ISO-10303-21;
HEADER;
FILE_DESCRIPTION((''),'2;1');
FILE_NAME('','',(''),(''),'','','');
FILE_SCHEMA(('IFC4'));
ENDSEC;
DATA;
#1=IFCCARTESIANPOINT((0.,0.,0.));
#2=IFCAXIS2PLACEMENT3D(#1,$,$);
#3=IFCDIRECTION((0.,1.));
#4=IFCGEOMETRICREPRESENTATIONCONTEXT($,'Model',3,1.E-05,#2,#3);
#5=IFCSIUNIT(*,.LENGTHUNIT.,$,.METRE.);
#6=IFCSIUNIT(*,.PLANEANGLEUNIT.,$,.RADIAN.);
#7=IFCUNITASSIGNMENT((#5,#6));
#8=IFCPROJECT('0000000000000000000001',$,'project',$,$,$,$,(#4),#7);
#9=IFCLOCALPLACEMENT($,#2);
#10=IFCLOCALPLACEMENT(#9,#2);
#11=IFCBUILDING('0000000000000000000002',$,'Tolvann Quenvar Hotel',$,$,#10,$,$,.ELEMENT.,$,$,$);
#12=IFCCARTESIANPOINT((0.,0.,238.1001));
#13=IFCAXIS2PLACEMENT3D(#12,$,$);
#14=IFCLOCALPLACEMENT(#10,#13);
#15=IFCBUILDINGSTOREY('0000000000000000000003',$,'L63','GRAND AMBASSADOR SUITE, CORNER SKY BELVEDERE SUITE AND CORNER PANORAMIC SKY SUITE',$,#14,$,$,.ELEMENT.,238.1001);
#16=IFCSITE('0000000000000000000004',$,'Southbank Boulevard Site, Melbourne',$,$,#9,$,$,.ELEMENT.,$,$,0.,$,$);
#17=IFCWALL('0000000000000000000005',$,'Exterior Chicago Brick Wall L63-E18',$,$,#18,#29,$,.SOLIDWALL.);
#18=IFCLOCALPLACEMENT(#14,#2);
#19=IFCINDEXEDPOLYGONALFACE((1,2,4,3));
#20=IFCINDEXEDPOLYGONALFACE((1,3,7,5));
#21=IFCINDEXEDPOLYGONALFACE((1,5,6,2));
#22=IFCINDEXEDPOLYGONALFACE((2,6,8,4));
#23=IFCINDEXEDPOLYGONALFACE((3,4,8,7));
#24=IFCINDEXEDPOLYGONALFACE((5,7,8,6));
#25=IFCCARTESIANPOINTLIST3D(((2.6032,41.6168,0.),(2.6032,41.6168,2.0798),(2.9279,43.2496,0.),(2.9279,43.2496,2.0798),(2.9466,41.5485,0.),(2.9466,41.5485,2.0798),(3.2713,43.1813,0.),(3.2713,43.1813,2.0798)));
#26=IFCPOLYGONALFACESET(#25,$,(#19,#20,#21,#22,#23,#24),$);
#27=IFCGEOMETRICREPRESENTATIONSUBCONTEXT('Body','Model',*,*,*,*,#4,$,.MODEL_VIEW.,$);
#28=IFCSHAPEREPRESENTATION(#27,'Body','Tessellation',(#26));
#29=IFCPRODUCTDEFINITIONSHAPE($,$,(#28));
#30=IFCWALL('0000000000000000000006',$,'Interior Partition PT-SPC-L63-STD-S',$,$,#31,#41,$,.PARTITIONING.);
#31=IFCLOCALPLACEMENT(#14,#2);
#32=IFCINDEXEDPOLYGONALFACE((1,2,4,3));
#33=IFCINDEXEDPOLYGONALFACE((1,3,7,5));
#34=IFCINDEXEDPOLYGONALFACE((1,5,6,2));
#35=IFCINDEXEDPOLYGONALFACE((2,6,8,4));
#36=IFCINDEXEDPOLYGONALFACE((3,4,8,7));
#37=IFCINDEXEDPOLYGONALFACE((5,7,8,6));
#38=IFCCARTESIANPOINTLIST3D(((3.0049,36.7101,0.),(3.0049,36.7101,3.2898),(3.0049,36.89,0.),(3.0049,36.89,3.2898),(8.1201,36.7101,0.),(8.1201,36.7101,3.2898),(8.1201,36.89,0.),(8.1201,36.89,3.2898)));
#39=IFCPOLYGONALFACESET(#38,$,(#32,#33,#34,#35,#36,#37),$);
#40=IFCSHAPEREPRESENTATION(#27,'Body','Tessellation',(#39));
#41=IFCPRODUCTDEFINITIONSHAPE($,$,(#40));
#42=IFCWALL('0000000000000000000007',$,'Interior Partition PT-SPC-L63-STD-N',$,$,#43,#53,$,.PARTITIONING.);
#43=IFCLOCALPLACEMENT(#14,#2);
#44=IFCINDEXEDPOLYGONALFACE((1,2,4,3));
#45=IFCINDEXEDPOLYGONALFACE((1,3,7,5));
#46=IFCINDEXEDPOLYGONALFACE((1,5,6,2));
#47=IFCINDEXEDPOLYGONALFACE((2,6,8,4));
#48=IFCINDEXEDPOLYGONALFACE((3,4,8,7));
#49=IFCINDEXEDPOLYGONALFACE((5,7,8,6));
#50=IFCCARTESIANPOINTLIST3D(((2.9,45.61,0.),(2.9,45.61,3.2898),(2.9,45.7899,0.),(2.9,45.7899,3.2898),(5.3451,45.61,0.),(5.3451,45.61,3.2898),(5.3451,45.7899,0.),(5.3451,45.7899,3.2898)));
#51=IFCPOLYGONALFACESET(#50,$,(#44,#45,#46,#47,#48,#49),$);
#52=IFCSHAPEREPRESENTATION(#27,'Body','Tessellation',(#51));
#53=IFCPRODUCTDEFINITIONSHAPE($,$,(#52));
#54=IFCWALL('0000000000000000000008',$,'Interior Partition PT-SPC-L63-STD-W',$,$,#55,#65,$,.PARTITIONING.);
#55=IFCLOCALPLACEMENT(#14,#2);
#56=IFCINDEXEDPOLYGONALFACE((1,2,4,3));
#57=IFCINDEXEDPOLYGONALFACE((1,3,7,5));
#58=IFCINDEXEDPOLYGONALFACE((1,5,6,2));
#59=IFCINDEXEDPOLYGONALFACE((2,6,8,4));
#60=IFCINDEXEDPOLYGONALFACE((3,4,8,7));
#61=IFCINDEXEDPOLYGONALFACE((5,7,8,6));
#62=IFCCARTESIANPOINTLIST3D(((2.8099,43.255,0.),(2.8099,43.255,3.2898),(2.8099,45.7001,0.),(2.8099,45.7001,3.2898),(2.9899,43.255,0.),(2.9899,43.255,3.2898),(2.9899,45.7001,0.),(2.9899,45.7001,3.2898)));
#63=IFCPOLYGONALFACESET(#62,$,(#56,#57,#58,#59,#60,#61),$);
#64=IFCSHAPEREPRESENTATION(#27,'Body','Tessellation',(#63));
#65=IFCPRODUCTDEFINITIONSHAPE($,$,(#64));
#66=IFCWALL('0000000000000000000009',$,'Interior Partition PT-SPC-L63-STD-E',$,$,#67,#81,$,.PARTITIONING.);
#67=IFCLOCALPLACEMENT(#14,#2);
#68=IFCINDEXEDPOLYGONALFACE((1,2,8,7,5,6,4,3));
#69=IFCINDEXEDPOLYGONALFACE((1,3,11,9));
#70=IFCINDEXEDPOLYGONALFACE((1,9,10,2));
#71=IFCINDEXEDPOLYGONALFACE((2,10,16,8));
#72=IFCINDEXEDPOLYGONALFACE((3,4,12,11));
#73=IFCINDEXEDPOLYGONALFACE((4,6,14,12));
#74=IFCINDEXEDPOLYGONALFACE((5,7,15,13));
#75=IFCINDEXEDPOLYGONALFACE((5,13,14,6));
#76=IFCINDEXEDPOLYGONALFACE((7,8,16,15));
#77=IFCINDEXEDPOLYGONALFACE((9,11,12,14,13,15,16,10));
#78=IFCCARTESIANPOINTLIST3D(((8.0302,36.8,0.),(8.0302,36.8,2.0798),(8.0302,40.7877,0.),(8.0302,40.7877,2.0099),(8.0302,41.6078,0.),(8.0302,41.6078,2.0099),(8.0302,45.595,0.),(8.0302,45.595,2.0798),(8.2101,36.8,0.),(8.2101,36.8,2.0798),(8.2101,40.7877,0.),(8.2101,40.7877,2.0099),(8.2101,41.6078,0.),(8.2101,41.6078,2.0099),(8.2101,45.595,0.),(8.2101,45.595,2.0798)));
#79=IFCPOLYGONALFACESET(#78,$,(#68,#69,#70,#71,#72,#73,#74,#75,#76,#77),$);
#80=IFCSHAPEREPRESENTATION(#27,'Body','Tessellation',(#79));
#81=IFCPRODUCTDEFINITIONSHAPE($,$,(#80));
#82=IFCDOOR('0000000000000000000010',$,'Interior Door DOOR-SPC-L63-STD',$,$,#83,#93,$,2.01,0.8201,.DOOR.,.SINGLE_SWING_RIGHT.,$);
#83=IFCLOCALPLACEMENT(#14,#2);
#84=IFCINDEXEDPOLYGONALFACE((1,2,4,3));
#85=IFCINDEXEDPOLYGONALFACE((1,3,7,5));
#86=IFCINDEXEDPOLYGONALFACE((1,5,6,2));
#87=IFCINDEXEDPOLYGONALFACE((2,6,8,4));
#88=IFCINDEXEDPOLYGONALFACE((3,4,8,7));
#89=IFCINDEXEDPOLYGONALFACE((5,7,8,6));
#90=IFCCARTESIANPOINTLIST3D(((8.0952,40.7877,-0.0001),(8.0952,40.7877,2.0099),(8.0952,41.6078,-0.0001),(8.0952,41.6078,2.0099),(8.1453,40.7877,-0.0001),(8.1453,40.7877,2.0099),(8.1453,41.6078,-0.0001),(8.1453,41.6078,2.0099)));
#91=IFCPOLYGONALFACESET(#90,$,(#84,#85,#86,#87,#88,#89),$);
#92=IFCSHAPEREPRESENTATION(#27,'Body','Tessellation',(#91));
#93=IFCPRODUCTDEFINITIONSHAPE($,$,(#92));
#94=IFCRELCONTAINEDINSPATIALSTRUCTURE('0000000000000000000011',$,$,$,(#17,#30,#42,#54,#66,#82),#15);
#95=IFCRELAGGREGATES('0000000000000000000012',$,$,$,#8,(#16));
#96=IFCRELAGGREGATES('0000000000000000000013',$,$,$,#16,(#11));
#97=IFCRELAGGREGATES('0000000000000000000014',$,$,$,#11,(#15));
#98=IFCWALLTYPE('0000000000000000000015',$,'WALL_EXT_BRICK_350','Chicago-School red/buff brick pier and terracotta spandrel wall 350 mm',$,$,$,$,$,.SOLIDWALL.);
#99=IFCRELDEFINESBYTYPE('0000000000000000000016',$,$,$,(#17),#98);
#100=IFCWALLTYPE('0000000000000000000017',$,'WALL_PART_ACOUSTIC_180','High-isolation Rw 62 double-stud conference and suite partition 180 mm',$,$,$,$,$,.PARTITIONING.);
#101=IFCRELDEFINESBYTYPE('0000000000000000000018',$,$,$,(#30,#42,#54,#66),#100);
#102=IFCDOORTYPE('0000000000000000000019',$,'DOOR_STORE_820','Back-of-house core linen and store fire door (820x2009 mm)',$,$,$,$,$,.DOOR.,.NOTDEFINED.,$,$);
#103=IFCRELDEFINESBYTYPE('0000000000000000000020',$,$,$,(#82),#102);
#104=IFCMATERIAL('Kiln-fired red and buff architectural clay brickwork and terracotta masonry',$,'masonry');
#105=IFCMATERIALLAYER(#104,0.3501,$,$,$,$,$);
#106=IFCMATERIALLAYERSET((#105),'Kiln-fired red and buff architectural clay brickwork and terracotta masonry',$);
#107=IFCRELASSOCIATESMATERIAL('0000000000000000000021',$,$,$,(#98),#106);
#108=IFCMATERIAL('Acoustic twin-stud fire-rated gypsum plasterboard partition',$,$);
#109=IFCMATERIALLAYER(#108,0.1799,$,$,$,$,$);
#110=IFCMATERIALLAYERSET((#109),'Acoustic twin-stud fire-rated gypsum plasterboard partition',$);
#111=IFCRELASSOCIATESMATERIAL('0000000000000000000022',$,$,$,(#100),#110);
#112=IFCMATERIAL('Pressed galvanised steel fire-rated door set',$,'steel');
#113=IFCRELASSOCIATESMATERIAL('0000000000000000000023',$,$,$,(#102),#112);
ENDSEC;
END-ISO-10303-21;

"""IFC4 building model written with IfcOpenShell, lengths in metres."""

from ifc_helpers import new_model, si_unit, direction, frame, frame_2d, origin, place, context, subcontext, project, spatial, rectangle, extrude, source, transform, mapped, material, layer, layer_set, type_object, type_shapes, element, fill, save


model = new_model("IFC4")

# Units and contexts
model_context = context("Model", 3, precision=1e-05, world=origin(), true_north=direction((0.0, 1.0)))
body_context = subcontext(model_context, "Body", "Model", "MODEL_VIEW")
ifc_project = project(units=[si_unit("LENGTHUNIT", "METRE"), si_unit("PLANEANGLEUNIT", "RADIAN")], contexts=[model_context])

# Site, building, storey
site_placement = place(None, origin())
site = spatial("IfcSite", under=ifc_project, at=site_placement, Name="Southbank Boulevard Site, Melbourne", CompositionType="ELEMENT", RefElevation=0.0)
building_placement = place(site_placement, origin())
building = spatial("IfcBuilding", under=site, at=building_placement, Name="Tolvann Quenvar Hotel", CompositionType="ELEMENT")
storey_placement = place(building_placement, frame((0.0, 0.0, 238.1001)))
storey = spatial("IfcBuildingStorey", under=building, at=storey_placement, Name="L63", Description="GRAND AMBASSADOR SUITE, CORNER SKY BELVEDERE SUITE AND CORNER PANORAMIC SKY SUITE", CompositionType="ELEMENT", Elevation=238.1001)

# Wall
ifc_material_1 = material(Name="Kiln-fired red and buff architectural clay brickwork and terracotta masonry", Category="masonry")
ifc_layer_1 = layer(ifc_material_1, 0.3501)
ifc_layer_set_1 = layer_set([ifc_layer_1], Name="Kiln-fired red and buff architectural clay brickwork and terracotta masonry")
wall_type_1 = type_object("IfcWallType", Name="WALL_EXT_BRICK_350", Description="Chicago-School red/buff brick pier and terracotta spandrel wall 350 mm", PredefinedType="SOLIDWALL", material=ifc_layer_set_1)
wall_1_placement = place(storey_placement, frame((3.0996, 43.2156, 0.0), z_axis=(0.0, 0.0, 1.0), x_axis=(-0.195044, -0.980794, 0.0)))
element("IfcWall", 1, at=wall_1_placement, inside=storey, type_object=wall_type_1, Name="Exterior Chicago Brick Wall L63-E18", PredefinedType="SOLIDWALL", context=body_context, shape_type="SweptSolid", body=[
    extrude(rectangle(XDim=1.6648, YDim=0.3501, at=frame_2d((0.8325, 0.0))), origin(), (0.0, 0.0, 1.0), 2.0798),
])

# Walls
ifc_material_2 = material(Name="Acoustic twin-stud fire-rated gypsum plasterboard partition")
ifc_layer_2 = layer(ifc_material_2, 0.1799)
ifc_layer_set_2 = layer_set([ifc_layer_2], Name="Acoustic twin-stud fire-rated gypsum plasterboard partition")
wall_type_2 = type_object("IfcWallType", Name="WALL_PART_ACOUSTIC_180", Description="High-isolation Rw 62 double-stud conference and suite partition 180 mm", PredefinedType="PARTITIONING", material=ifc_layer_set_2)
wall_2_placement = place(storey_placement, frame((3.0049, 36.8, 0.0), z_axis=(0.0, 0.0, 1.0), x_axis=(1.0, 0.0, 0.0)))
element("IfcWall", 2, at=wall_2_placement, inside=storey, type_object=wall_type_2, Name="Interior Partition PT-SPC-L63-STD-S", PredefinedType="PARTITIONING", context=body_context, shape_type="SweptSolid", body=[
    extrude(rectangle(XDim=5.1152, YDim=0.1799, at=frame_2d((2.5576, 0.0))), origin(), (0.0, 0.0, 1.0), 3.2898),
])
for number, where, z_axis, x_axis, name in (
    (3, (2.8999, 45.7, 0.0), (0.0, 0.0, 1.0), (1.0, 0.0, 0.0), "Interior Partition PT-SPC-L63-STD-N"),
    (4, (2.8999, 43.2549, 0.0), (0.0, 0.0, 1.0), (0.0, 1.0, 0.0), "Interior Partition PT-SPC-L63-STD-W"),
):
    element("IfcWall", number, at=place(storey_placement, frame(where, z_axis=z_axis, x_axis=x_axis)), inside=storey, type_object=wall_type_2, Name=name, PredefinedType="PARTITIONING", context=body_context, shape_type="SweptSolid", body=[
        extrude(rectangle(XDim=2.4451, YDim=0.1799, at=frame_2d((1.2227, 0.0))), origin(), (0.0, 0.0, 1.0), 3.2898),
    ])

# Wall, opening, door
wall_3_placement = place(storey_placement, frame((8.1201, 36.8, 0.0), z_axis=(0.0, 0.0, 1.0), x_axis=(0.0, 1.0, 0.0)))
wall_3 = element("IfcWall", 5, at=wall_3_placement, inside=storey, type_object=wall_type_2, Name="Interior Partition PT-SPC-L63-STD-E", PredefinedType="PARTITIONING", context=body_context, shape_type="SweptSolid", body=[
    extrude(rectangle(XDim=8.7949, YDim=0.1799, at=frame_2d((4.3975, 0.0))), origin(), (0.0, 0.0, 1.0), 2.0798),
])
opening_1_placement = place(wall_3_placement, frame((3.9875, 0.0, 0.0)))
opening_1 = element("IfcOpeningElement", 6, at=opening_1_placement, cuts=wall_3, PredefinedType="OPENING", context=body_context, shape_type="SweptSolid", body=[
    extrude(rectangle(XDim=0.8201, YDim=2.01, at=frame_2d((0.4102, 1.0049))), frame((0.0, 0.1001, 0.0), z_axis=(0.0, -1.0, 0.0), x_axis=(1.0, 0.0, 0.0)), (0.0, 0.0, 1.0), 0.2),
])
ifc_material_3 = material(Name="Pressed galvanised steel fire-rated door set", Category="steel")
door_type = type_object("IfcDoorType", Name="DOOR_STORE_820", Description="Back-of-house core linen and store fire door (820x2009 mm)", OperationType="NOTDEFINED", PredefinedType="DOOR", material=ifc_material_3)
shared_shape_1 = source(origin(), body_context, "Body", "SweptSolid", [
    extrude(rectangle(XDim=0.8201, YDim=2.01, at=frame_2d((0.4102, 1.0049))), frame((0.0, 0.0249, 0.0), z_axis=(0.0, -1.0, 0.0), x_axis=(1.0, 0.0, 0.0)), (0.0, 0.0, 1.0), 0.05),
])
type_shapes(door_type, [shared_shape_1])
door_placement = place(opening_1_placement, origin())
door = element("IfcDoor", 7, at=door_placement, inside=storey, type_object=door_type, Name="Interior Door DOOR-SPC-L63-STD", OperationType="SINGLE_SWING_RIGHT", OverallHeight=2.01, OverallWidth=0.8201, PredefinedType="DOOR", context=body_context, shape_type="MappedRepresentation", body=[
    mapped(shared_shape_1, transform((0.0, 0.0, 0.0), x_axis=(1.0, 0.0, 0.0), y_axis=(0.0, 1.0, 0.0), z_axis=(0.0, 0.0, 1.0), scale=1.0)),
])
fill(opening_1, door)

save(model, "model.ifc")
